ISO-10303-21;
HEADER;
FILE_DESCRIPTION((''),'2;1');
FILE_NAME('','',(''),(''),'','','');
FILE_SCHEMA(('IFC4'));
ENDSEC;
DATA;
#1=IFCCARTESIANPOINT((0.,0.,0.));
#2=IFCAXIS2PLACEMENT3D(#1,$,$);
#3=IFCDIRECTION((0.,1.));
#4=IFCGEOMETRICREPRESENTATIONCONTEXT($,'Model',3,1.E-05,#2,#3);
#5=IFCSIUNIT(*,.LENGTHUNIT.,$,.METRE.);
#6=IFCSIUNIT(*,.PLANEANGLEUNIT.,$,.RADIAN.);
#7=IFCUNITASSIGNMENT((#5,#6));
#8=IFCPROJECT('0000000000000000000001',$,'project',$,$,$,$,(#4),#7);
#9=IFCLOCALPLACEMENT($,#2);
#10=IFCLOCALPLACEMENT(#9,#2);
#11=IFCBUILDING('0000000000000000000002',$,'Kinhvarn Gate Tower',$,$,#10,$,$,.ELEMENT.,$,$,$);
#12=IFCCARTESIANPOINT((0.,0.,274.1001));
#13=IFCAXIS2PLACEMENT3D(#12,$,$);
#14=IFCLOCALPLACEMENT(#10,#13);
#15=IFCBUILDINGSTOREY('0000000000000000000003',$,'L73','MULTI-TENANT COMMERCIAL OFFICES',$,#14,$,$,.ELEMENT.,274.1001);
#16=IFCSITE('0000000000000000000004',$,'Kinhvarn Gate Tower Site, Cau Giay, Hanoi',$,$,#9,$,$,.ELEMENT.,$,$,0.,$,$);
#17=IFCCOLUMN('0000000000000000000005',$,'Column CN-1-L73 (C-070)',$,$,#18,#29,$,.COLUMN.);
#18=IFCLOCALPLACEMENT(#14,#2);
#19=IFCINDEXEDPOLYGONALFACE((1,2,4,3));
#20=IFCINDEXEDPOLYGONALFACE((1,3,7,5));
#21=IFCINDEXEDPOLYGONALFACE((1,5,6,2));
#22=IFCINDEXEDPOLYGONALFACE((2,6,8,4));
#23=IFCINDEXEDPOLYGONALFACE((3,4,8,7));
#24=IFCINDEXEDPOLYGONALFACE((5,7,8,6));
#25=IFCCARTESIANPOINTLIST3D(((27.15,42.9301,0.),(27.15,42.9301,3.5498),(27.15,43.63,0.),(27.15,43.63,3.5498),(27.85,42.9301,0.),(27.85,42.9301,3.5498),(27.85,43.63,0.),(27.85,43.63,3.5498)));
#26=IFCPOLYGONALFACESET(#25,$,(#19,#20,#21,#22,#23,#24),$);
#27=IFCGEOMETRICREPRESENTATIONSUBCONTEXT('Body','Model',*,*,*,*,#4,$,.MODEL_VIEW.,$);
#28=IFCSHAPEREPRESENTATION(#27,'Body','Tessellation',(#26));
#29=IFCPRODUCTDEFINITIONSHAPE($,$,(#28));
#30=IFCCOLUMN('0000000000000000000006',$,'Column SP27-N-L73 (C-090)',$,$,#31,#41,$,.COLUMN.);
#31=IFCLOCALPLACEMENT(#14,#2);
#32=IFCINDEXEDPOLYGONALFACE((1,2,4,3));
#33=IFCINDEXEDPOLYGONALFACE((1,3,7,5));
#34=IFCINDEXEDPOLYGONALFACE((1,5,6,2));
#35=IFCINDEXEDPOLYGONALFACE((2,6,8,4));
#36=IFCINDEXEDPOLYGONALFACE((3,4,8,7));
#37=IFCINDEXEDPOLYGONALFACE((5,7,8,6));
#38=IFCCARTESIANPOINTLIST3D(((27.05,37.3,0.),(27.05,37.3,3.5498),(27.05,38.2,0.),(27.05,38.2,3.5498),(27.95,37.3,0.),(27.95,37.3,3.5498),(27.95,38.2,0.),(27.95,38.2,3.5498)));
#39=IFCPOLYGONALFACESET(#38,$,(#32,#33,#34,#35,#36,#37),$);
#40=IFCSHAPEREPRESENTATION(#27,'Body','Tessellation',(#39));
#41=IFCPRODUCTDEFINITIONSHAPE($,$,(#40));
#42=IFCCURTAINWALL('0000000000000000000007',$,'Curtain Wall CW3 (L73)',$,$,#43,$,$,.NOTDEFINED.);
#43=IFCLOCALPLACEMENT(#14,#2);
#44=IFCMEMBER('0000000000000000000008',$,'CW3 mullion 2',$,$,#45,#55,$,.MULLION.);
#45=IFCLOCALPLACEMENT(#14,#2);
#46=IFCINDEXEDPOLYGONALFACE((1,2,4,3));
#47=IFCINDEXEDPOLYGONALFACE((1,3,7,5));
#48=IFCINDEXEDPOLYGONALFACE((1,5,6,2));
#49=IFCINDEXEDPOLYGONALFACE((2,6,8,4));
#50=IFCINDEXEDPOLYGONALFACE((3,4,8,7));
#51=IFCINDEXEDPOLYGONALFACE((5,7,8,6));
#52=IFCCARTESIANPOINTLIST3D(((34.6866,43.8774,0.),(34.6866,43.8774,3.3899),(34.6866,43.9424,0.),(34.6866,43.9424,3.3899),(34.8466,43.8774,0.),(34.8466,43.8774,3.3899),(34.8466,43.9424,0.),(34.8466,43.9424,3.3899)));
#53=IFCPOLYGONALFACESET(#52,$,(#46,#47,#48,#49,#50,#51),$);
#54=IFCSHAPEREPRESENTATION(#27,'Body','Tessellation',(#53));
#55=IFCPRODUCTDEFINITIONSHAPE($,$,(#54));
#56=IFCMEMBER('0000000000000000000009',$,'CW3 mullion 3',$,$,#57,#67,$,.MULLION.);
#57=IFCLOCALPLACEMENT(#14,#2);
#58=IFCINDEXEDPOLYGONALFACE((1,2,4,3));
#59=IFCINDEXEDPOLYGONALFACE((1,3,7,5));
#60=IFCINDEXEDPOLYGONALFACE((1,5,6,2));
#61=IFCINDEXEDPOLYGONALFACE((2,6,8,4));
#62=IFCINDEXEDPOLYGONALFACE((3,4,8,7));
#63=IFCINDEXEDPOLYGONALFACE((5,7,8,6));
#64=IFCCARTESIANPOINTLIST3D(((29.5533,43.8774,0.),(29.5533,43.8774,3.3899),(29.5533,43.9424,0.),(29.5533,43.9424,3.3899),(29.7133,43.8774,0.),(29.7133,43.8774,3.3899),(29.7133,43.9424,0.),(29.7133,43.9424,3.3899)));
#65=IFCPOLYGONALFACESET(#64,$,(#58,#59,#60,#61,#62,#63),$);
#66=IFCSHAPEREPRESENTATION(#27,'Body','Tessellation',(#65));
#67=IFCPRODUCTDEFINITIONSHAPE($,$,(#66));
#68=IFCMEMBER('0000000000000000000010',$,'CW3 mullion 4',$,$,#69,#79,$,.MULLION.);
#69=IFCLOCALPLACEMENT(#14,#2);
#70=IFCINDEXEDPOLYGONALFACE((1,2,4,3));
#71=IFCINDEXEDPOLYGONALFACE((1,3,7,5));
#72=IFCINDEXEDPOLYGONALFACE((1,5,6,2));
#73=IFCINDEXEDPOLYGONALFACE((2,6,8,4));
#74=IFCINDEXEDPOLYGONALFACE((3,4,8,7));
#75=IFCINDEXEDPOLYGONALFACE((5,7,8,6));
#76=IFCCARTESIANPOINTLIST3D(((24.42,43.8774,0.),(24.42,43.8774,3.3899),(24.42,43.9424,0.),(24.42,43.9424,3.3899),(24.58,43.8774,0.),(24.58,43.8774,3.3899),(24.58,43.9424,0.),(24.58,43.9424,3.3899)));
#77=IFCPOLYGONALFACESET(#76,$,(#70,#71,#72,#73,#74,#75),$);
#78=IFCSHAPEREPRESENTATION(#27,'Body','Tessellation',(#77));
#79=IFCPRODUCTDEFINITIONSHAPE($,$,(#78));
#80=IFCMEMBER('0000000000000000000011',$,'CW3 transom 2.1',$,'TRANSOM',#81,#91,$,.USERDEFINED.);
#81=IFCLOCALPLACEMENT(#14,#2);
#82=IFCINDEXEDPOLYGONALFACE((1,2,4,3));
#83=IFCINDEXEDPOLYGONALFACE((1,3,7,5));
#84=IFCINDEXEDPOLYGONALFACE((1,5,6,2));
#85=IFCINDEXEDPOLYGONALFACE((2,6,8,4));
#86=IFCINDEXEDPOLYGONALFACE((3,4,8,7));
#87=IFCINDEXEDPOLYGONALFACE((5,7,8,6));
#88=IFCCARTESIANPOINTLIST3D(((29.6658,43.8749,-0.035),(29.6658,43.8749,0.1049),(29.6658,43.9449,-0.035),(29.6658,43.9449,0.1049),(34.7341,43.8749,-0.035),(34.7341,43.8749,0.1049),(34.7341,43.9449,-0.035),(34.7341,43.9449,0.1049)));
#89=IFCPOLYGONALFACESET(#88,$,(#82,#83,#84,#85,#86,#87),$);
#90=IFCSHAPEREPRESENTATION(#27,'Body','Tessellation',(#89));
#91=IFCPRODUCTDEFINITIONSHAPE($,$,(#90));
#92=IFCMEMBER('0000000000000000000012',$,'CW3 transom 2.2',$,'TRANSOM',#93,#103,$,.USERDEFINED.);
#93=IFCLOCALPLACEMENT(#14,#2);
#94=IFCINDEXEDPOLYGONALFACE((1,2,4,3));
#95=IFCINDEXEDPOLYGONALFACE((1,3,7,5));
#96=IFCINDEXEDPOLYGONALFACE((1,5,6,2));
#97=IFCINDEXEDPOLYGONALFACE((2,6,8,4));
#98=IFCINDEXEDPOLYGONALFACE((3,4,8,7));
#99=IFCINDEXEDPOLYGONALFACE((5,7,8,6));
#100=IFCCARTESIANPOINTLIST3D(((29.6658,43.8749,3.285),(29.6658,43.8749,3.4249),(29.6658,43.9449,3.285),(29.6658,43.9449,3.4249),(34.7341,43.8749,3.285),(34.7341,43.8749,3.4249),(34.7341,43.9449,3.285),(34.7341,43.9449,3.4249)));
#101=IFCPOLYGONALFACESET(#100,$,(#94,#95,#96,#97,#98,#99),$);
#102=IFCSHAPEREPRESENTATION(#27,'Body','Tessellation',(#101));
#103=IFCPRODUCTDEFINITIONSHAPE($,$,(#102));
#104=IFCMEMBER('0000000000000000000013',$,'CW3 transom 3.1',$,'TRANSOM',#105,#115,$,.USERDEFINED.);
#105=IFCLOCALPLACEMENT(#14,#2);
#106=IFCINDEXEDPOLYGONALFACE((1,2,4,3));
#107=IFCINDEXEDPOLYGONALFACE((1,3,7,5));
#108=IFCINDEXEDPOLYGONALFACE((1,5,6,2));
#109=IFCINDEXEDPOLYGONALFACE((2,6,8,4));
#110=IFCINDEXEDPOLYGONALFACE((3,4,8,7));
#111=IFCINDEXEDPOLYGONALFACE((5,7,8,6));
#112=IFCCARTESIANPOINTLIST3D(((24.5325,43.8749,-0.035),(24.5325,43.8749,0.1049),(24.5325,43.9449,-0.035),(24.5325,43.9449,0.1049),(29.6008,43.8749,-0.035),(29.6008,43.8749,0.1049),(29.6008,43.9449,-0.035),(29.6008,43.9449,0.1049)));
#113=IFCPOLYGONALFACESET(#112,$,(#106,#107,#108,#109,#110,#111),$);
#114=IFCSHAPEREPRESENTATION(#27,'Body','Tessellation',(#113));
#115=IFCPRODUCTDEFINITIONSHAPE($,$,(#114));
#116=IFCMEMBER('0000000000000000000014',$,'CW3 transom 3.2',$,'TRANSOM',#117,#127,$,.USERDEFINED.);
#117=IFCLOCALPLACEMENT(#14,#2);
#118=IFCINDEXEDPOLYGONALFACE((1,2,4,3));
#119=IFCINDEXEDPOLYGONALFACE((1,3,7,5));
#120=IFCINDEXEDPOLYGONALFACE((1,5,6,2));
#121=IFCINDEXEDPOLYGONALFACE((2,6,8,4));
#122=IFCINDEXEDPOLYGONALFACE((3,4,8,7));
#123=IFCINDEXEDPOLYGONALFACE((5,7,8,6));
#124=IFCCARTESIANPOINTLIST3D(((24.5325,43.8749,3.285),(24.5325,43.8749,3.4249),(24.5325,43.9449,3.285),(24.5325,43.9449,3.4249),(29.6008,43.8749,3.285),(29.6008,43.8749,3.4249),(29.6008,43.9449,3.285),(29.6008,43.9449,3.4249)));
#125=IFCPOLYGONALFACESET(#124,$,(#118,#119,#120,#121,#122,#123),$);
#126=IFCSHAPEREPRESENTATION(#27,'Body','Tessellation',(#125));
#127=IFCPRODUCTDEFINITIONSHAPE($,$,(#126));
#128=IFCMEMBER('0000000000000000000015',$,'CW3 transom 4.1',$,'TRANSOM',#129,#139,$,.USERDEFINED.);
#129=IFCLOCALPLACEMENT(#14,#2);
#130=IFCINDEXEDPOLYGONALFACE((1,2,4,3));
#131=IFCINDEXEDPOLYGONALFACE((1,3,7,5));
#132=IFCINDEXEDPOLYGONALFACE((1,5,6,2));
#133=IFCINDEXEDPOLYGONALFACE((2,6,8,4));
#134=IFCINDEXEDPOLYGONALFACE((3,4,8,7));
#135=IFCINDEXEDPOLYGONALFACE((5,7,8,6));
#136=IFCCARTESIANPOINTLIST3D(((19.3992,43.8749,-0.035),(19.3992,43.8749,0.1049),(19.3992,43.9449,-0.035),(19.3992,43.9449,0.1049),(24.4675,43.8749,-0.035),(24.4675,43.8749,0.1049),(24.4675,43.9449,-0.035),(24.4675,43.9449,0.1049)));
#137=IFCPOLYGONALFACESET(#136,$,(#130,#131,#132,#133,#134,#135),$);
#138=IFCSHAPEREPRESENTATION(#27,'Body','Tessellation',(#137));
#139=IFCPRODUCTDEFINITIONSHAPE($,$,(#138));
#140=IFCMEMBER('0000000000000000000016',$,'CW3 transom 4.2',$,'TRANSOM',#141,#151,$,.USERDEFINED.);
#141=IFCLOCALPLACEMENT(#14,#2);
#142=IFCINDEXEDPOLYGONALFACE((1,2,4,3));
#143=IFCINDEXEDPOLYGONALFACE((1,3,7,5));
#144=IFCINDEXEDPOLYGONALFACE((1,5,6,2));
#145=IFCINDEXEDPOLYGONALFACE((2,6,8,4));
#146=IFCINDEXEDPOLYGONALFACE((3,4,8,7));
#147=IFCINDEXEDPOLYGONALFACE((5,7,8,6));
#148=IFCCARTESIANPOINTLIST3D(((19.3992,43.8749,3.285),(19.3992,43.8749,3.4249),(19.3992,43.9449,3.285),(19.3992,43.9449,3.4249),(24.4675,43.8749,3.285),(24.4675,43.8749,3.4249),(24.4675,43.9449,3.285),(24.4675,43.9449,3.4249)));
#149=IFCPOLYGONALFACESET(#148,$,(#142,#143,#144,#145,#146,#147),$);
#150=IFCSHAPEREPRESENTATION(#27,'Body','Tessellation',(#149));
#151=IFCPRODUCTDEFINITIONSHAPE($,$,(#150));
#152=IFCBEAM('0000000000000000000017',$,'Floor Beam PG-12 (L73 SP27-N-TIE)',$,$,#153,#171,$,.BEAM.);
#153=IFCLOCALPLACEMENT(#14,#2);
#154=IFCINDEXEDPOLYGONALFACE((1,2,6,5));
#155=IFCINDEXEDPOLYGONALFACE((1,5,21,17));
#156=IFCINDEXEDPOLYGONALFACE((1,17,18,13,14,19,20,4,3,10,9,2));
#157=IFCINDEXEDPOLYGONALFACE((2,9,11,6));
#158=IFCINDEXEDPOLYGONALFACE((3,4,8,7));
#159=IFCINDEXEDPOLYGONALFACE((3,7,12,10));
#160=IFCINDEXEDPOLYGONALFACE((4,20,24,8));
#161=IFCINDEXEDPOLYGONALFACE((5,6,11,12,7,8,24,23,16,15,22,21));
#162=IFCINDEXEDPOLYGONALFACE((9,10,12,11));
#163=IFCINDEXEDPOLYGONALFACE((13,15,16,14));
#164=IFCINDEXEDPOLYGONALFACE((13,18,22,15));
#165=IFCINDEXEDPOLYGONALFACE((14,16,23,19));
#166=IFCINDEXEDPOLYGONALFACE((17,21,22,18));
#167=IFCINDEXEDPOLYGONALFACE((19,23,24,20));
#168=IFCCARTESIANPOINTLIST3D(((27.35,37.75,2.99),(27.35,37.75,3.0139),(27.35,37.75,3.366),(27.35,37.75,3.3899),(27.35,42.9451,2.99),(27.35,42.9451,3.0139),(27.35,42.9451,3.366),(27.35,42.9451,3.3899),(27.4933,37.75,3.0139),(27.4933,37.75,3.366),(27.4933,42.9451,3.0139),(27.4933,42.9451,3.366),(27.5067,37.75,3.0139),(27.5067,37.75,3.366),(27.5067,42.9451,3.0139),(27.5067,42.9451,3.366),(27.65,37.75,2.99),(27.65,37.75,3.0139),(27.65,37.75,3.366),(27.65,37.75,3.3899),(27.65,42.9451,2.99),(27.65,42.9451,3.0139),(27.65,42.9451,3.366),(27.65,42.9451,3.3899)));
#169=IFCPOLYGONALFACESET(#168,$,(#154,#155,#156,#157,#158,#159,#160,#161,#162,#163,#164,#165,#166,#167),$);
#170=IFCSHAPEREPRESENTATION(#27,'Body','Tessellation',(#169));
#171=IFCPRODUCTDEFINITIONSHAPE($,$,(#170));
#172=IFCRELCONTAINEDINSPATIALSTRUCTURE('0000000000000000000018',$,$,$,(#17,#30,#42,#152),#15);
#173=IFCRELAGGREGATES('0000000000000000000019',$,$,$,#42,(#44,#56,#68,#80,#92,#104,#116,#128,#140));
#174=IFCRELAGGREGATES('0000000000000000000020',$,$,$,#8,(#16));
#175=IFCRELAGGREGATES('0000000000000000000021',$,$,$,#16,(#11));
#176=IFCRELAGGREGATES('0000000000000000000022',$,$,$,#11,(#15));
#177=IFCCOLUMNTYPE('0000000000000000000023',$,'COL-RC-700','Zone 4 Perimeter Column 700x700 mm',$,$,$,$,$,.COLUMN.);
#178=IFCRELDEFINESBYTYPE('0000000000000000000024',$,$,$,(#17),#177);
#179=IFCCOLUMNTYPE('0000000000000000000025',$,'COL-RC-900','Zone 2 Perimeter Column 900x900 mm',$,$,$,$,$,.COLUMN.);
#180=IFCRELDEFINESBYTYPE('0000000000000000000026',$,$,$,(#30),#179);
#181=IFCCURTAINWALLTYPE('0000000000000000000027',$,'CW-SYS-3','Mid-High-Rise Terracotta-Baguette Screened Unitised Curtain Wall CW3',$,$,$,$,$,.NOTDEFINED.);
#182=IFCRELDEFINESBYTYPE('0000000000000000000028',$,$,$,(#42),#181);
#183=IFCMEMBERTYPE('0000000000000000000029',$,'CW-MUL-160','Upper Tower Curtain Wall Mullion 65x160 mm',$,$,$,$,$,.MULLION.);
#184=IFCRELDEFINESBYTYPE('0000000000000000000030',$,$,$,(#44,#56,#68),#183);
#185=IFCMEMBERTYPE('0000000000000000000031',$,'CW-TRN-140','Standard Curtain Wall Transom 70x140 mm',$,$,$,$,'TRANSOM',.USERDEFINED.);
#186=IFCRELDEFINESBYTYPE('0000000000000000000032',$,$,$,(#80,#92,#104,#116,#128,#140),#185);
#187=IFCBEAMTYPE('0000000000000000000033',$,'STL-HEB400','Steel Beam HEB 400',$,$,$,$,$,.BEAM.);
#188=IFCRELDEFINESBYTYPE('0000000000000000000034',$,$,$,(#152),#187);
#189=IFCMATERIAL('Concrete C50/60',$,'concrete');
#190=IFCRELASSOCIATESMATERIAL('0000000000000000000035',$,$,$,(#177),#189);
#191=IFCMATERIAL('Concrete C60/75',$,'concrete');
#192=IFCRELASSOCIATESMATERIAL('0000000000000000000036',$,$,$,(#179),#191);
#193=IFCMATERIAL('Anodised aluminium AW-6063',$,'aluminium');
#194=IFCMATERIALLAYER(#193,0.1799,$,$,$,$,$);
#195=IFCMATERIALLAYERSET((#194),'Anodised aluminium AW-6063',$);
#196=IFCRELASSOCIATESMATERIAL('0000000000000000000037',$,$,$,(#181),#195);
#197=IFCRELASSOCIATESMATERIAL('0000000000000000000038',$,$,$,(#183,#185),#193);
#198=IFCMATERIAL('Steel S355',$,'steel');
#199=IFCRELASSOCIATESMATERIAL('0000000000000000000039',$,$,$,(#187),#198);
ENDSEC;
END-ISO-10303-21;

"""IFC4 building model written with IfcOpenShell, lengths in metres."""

from ifc_helpers import new_model, si_unit, direction, frame, origin, origin_2d, place, context, subcontext, project, spatial, rectangle, i_section, extrude, material, layer, layer_set, material_profile, profile_set, type_object, element, aggregate, save


model = new_model("IFC4")

# Units and contexts
model_context = context("Model", 3, precision=1e-05, world=origin(), true_north=direction((0.0, 1.0)))
body_context = subcontext(model_context, "Body", "Model", "MODEL_VIEW")
ifc_project = project(units=[si_unit("LENGTHUNIT", "METRE"), si_unit("PLANEANGLEUNIT", "RADIAN")], contexts=[model_context])

# Site, building, storey
site_placement = place(None, origin())
site = spatial("IfcSite", under=ifc_project, at=site_placement, Name="Kinhvarn Gate Tower Site, Cau Giay, Hanoi", CompositionType="ELEMENT", RefElevation=0.0)
building_placement = place(site_placement, origin())
building = spatial("IfcBuilding", under=site, at=building_placement, Name="Kinhvarn Gate Tower", CompositionType="ELEMENT")
storey_placement = place(building_placement, frame((0.0, 0.0, 274.1001)))
storey = spatial("IfcBuildingStorey", under=building, at=storey_placement, Name="L73", Description="MULTI-TENANT COMMERCIAL OFFICES", CompositionType="ELEMENT", Elevation=274.1001)

# Columns
ifc_material_1 = material(Name="Concrete C50/60", Category="concrete")
ifc_material_profile_1 = material_profile(ifc_material_1, rectangle(XDim=0.7, YDim=0.7, at=origin_2d()), Name="RC 700x700")
ifc_profile_set_1 = profile_set([ifc_material_profile_1], Name="Concrete C50/60")
column_type_1 = type_object("IfcColumnType", Name="COL-RC-700", Description="Zone 4 Perimeter Column 700x700 mm", PredefinedType="COLUMN", material=ifc_profile_set_1)
column_1_placement = place(storey_placement, frame((27.5, 43.28, 0.0), z_axis=(0.0, 0.0, 1.0), x_axis=(1.0, 0.0, 0.0)))
element("IfcColumn", 1, at=column_1_placement, inside=storey, type_object=column_type_1, Name="Column CN-1-L73 (C-070)", PredefinedType="COLUMN", context=body_context, shape_type="SweptSolid", body=[
    extrude(rectangle(XDim=0.7, YDim=0.7, at=origin_2d()), origin(), (0.0, 0.0, 1.0), 3.5498),
])
ifc_material_2 = material(Name="Concrete C60/75", Category="concrete")
ifc_material_profile_2 = material_profile(ifc_material_2, rectangle(XDim=0.8999, YDim=0.8999, at=origin_2d()), Name="RC 900x900")
ifc_profile_set_2 = profile_set([ifc_material_profile_2], Name="Concrete C60/75")
column_type_2 = type_object("IfcColumnType", Name="COL-RC-900", Description="Zone 2 Perimeter Column 900x900 mm", PredefinedType="COLUMN", material=ifc_profile_set_2)
column_2_placement = place(storey_placement, frame((27.5, 37.75, 0.0), z_axis=(0.0, 0.0, 1.0), x_axis=(1.0, 0.0, 0.0)))
element("IfcColumn", 2, at=column_2_placement, inside=storey, type_object=column_type_2, Name="Column SP27-N-L73 (C-090)", PredefinedType="COLUMN", context=body_context, shape_type="SweptSolid", body=[
    extrude(rectangle(XDim=0.8999, YDim=0.8999, at=origin_2d()), origin(), (0.0, 0.0, 1.0), 3.5498),
])

# Curtain wall, members
ifc_material_3 = material(Name="Anodised aluminium AW-6063", Category="aluminium")
ifc_layer_1 = layer(ifc_material_3, 0.1799)
ifc_layer_set_1 = layer_set([ifc_layer_1], Name="Anodised aluminium AW-6063")
curtain_wall_type = type_object("IfcCurtainWallType", Name="CW-SYS-3", Description="Mid-High-Rise Terracotta-Baguette Screened Unitised Curtain Wall CW3", PredefinedType="NOTDEFINED", material=ifc_layer_set_1)
curtain_wall_placement = place(storey_placement, origin())
curtain_wall = element("IfcCurtainWall", 3, at=curtain_wall_placement, inside=storey, type_object=curtain_wall_type, Name="Curtain Wall CW3 (L73)", PredefinedType="NOTDEFINED")
ifc_material_profile_3 = material_profile(ifc_material_3, rectangle(XDim=0.0649, YDim=0.1599, at=origin_2d()), Name="ALU 65x160")
ifc_profile_set_3 = profile_set([ifc_material_profile_3], Name="Anodised aluminium AW-6063")
member_type_1 = type_object("IfcMemberType", Name="CW-MUL-160", Description="Upper Tower Curtain Wall Mullion 65x160 mm", PredefinedType="MULLION", material=ifc_profile_set_3)
member_1_placement = place(storey_placement, frame((34.7666, 43.9099, 0.0), z_axis=(0.0, 0.0, 1.0), x_axis=(0.0, -1.0, 0.0)))
member_1 = element("IfcMember", 4, at=member_1_placement, type_object=member_type_1, Name="CW3 mullion 2", PredefinedType="MULLION", context=body_context, shape_type="SweptSolid", body=[
    extrude(rectangle(XDim=0.0649, YDim=0.1599, at=origin_2d()), origin(), (0.0, 0.0, 1.0), 3.3899),
])
member_2_placement = place(storey_placement, frame((29.6333, 43.9099, 0.0), z_axis=(0.0, 0.0, 1.0), x_axis=(0.0, -1.0, 0.0)))
member_2 = element("IfcMember", 5, at=member_2_placement, type_object=member_type_1, Name="CW3 mullion 3", PredefinedType="MULLION", context=body_context, shape_type="SweptSolid", body=[
    extrude(rectangle(XDim=0.0649, YDim=0.1599, at=origin_2d()), origin(), (0.0, 0.0, 1.0), 3.3899),
])
member_3_placement = place(storey_placement, frame((24.5, 43.9099, 0.0), z_axis=(0.0, 0.0, 1.0), x_axis=(0.0, -1.0, 0.0)))
member_3 = element("IfcMember", 6, at=member_3_placement, type_object=member_type_1, Name="CW3 mullion 4", PredefinedType="MULLION", context=body_context, shape_type="SweptSolid", body=[
    extrude(rectangle(XDim=0.0649, YDim=0.1599, at=origin_2d()), origin(), (0.0, 0.0, 1.0), 3.3899),
])
ifc_material_profile_4 = material_profile(ifc_material_3, rectangle(XDim=0.0701, YDim=0.1399, at=origin_2d()), Name="ALU 70x140")
ifc_profile_set_4 = profile_set([ifc_material_profile_4], Name="Anodised aluminium AW-6063")
member_type_2 = type_object("IfcMemberType", Name="CW-TRN-140", Description="Standard Curtain Wall Transom 70x140 mm", ElementType="TRANSOM", PredefinedType="USERDEFINED", material=ifc_profile_set_4)
member_4_placement = place(storey_placement, frame((34.7341, 43.9099, 0.0349), z_axis=(-1.0, 0.0, 0.0), x_axis=(0.0, -1.0, 0.0)))
member_4 = element("IfcMember", 7, at=member_4_placement, type_object=member_type_2, Name="CW3 transom 2.1", ObjectType="TRANSOM", PredefinedType="USERDEFINED", context=body_context, shape_type="SweptSolid", body=[
    extrude(rectangle(XDim=0.0701, YDim=0.1399, at=origin_2d()), origin(), (0.0, 0.0, 1.0), 5.0684),
])
member_5_placement = place(storey_placement, frame((34.7341, 43.9099, 3.355), z_axis=(-1.0, 0.0, 0.0), x_axis=(0.0, -1.0, 0.0)))
member_5 = element("IfcMember", 8, at=member_5_placement, type_object=member_type_2, Name="CW3 transom 2.2", ObjectType="TRANSOM", PredefinedType="USERDEFINED", context=body_context, shape_type="SweptSolid", body=[
    extrude(rectangle(XDim=0.0701, YDim=0.1399, at=origin_2d()), origin(), (0.0, 0.0, 1.0), 5.0684),
])
member_6_placement = place(storey_placement, frame((29.6008, 43.9099, 0.0349), z_axis=(-1.0, 0.0, 0.0), x_axis=(0.0, -1.0, 0.0)))
member_6 = element("IfcMember", 9, at=member_6_placement, type_object=member_type_2, Name="CW3 transom 3.1", ObjectType="TRANSOM", PredefinedType="USERDEFINED", context=body_context, shape_type="SweptSolid", body=[
    extrude(rectangle(XDim=0.0701, YDim=0.1399, at=origin_2d()), origin(), (0.0, 0.0, 1.0), 5.0684),
])
member_7_placement = place(storey_placement, frame((29.6008, 43.9099, 3.355), z_axis=(-1.0, 0.0, 0.0), x_axis=(0.0, -1.0, 0.0)))
member_7 = element("IfcMember", 10, at=member_7_placement, type_object=member_type_2, Name="CW3 transom 3.2", ObjectType="TRANSOM", PredefinedType="USERDEFINED", context=body_context, shape_type="SweptSolid", body=[
    extrude(rectangle(XDim=0.0701, YDim=0.1399, at=origin_2d()), origin(), (0.0, 0.0, 1.0), 5.0684),
])
member_8_placement = place(storey_placement, frame((24.4675, 43.9099, 0.0349), z_axis=(-1.0, 0.0, 0.0), x_axis=(0.0, -1.0, 0.0)))
member_8 = element("IfcMember", 11, at=member_8_placement, type_object=member_type_2, Name="CW3 transom 4.1", ObjectType="TRANSOM", PredefinedType="USERDEFINED", context=body_context, shape_type="SweptSolid", body=[
    extrude(rectangle(XDim=0.0701, YDim=0.1399, at=origin_2d()), origin(), (0.0, 0.0, 1.0), 5.0684),
])
member_9_placement = place(storey_placement, frame((24.4675, 43.9099, 3.355), z_axis=(-1.0, 0.0, 0.0), x_axis=(0.0, -1.0, 0.0)))
member_9 = element("IfcMember", 12, at=member_9_placement, type_object=member_type_2, Name="CW3 transom 4.2", ObjectType="TRANSOM", PredefinedType="USERDEFINED", context=body_context, shape_type="SweptSolid", body=[
    extrude(rectangle(XDim=0.0701, YDim=0.1399, at=origin_2d()), origin(), (0.0, 0.0, 1.0), 5.0684),
])

# Beam
ifc_material_4 = material(Name="Steel S355", Category="steel")
ifc_material_profile_5 = material_profile(ifc_material_4, i_section(OverallWidth=0.3, OverallDepth=0.3999, WebThickness=0.0134, FlangeThickness=0.0239, at=origin_2d()), Name="HEB 400")
ifc_profile_set_5 = profile_set([ifc_material_profile_5], Name="Steel S355")
beam_type_1 = type_object("IfcBeamType", Name="STL-HEB400", Description="Steel Beam HEB 400", PredefinedType="BEAM", material=ifc_profile_set_5)
beam_1_placement = place(storey_placement, frame((27.5, 37.75, 3.1899), z_axis=(0.0, 1.0, 0.0), x_axis=(-1.0, 0.0, 0.0)))
element("IfcBeam", 13, at=beam_1_placement, inside=storey, type_object=beam_type_1, Name="Floor Beam PG-12 (L73 SP27-N-TIE)", PredefinedType="BEAM", context=body_context, shape_type="SweptSolid", body=[
    extrude(i_section(OverallWidth=0.3, OverallDepth=0.3999, WebThickness=0.0134, FlangeThickness=0.0239, at=origin_2d()), origin(), (0.0, 0.0, 1.0), 5.1951),
])

aggregate(curtain_wall, [member_1, member_2, member_3, member_4, member_5, member_6, member_7, member_8, member_9])

save(model, "model.ifc")
